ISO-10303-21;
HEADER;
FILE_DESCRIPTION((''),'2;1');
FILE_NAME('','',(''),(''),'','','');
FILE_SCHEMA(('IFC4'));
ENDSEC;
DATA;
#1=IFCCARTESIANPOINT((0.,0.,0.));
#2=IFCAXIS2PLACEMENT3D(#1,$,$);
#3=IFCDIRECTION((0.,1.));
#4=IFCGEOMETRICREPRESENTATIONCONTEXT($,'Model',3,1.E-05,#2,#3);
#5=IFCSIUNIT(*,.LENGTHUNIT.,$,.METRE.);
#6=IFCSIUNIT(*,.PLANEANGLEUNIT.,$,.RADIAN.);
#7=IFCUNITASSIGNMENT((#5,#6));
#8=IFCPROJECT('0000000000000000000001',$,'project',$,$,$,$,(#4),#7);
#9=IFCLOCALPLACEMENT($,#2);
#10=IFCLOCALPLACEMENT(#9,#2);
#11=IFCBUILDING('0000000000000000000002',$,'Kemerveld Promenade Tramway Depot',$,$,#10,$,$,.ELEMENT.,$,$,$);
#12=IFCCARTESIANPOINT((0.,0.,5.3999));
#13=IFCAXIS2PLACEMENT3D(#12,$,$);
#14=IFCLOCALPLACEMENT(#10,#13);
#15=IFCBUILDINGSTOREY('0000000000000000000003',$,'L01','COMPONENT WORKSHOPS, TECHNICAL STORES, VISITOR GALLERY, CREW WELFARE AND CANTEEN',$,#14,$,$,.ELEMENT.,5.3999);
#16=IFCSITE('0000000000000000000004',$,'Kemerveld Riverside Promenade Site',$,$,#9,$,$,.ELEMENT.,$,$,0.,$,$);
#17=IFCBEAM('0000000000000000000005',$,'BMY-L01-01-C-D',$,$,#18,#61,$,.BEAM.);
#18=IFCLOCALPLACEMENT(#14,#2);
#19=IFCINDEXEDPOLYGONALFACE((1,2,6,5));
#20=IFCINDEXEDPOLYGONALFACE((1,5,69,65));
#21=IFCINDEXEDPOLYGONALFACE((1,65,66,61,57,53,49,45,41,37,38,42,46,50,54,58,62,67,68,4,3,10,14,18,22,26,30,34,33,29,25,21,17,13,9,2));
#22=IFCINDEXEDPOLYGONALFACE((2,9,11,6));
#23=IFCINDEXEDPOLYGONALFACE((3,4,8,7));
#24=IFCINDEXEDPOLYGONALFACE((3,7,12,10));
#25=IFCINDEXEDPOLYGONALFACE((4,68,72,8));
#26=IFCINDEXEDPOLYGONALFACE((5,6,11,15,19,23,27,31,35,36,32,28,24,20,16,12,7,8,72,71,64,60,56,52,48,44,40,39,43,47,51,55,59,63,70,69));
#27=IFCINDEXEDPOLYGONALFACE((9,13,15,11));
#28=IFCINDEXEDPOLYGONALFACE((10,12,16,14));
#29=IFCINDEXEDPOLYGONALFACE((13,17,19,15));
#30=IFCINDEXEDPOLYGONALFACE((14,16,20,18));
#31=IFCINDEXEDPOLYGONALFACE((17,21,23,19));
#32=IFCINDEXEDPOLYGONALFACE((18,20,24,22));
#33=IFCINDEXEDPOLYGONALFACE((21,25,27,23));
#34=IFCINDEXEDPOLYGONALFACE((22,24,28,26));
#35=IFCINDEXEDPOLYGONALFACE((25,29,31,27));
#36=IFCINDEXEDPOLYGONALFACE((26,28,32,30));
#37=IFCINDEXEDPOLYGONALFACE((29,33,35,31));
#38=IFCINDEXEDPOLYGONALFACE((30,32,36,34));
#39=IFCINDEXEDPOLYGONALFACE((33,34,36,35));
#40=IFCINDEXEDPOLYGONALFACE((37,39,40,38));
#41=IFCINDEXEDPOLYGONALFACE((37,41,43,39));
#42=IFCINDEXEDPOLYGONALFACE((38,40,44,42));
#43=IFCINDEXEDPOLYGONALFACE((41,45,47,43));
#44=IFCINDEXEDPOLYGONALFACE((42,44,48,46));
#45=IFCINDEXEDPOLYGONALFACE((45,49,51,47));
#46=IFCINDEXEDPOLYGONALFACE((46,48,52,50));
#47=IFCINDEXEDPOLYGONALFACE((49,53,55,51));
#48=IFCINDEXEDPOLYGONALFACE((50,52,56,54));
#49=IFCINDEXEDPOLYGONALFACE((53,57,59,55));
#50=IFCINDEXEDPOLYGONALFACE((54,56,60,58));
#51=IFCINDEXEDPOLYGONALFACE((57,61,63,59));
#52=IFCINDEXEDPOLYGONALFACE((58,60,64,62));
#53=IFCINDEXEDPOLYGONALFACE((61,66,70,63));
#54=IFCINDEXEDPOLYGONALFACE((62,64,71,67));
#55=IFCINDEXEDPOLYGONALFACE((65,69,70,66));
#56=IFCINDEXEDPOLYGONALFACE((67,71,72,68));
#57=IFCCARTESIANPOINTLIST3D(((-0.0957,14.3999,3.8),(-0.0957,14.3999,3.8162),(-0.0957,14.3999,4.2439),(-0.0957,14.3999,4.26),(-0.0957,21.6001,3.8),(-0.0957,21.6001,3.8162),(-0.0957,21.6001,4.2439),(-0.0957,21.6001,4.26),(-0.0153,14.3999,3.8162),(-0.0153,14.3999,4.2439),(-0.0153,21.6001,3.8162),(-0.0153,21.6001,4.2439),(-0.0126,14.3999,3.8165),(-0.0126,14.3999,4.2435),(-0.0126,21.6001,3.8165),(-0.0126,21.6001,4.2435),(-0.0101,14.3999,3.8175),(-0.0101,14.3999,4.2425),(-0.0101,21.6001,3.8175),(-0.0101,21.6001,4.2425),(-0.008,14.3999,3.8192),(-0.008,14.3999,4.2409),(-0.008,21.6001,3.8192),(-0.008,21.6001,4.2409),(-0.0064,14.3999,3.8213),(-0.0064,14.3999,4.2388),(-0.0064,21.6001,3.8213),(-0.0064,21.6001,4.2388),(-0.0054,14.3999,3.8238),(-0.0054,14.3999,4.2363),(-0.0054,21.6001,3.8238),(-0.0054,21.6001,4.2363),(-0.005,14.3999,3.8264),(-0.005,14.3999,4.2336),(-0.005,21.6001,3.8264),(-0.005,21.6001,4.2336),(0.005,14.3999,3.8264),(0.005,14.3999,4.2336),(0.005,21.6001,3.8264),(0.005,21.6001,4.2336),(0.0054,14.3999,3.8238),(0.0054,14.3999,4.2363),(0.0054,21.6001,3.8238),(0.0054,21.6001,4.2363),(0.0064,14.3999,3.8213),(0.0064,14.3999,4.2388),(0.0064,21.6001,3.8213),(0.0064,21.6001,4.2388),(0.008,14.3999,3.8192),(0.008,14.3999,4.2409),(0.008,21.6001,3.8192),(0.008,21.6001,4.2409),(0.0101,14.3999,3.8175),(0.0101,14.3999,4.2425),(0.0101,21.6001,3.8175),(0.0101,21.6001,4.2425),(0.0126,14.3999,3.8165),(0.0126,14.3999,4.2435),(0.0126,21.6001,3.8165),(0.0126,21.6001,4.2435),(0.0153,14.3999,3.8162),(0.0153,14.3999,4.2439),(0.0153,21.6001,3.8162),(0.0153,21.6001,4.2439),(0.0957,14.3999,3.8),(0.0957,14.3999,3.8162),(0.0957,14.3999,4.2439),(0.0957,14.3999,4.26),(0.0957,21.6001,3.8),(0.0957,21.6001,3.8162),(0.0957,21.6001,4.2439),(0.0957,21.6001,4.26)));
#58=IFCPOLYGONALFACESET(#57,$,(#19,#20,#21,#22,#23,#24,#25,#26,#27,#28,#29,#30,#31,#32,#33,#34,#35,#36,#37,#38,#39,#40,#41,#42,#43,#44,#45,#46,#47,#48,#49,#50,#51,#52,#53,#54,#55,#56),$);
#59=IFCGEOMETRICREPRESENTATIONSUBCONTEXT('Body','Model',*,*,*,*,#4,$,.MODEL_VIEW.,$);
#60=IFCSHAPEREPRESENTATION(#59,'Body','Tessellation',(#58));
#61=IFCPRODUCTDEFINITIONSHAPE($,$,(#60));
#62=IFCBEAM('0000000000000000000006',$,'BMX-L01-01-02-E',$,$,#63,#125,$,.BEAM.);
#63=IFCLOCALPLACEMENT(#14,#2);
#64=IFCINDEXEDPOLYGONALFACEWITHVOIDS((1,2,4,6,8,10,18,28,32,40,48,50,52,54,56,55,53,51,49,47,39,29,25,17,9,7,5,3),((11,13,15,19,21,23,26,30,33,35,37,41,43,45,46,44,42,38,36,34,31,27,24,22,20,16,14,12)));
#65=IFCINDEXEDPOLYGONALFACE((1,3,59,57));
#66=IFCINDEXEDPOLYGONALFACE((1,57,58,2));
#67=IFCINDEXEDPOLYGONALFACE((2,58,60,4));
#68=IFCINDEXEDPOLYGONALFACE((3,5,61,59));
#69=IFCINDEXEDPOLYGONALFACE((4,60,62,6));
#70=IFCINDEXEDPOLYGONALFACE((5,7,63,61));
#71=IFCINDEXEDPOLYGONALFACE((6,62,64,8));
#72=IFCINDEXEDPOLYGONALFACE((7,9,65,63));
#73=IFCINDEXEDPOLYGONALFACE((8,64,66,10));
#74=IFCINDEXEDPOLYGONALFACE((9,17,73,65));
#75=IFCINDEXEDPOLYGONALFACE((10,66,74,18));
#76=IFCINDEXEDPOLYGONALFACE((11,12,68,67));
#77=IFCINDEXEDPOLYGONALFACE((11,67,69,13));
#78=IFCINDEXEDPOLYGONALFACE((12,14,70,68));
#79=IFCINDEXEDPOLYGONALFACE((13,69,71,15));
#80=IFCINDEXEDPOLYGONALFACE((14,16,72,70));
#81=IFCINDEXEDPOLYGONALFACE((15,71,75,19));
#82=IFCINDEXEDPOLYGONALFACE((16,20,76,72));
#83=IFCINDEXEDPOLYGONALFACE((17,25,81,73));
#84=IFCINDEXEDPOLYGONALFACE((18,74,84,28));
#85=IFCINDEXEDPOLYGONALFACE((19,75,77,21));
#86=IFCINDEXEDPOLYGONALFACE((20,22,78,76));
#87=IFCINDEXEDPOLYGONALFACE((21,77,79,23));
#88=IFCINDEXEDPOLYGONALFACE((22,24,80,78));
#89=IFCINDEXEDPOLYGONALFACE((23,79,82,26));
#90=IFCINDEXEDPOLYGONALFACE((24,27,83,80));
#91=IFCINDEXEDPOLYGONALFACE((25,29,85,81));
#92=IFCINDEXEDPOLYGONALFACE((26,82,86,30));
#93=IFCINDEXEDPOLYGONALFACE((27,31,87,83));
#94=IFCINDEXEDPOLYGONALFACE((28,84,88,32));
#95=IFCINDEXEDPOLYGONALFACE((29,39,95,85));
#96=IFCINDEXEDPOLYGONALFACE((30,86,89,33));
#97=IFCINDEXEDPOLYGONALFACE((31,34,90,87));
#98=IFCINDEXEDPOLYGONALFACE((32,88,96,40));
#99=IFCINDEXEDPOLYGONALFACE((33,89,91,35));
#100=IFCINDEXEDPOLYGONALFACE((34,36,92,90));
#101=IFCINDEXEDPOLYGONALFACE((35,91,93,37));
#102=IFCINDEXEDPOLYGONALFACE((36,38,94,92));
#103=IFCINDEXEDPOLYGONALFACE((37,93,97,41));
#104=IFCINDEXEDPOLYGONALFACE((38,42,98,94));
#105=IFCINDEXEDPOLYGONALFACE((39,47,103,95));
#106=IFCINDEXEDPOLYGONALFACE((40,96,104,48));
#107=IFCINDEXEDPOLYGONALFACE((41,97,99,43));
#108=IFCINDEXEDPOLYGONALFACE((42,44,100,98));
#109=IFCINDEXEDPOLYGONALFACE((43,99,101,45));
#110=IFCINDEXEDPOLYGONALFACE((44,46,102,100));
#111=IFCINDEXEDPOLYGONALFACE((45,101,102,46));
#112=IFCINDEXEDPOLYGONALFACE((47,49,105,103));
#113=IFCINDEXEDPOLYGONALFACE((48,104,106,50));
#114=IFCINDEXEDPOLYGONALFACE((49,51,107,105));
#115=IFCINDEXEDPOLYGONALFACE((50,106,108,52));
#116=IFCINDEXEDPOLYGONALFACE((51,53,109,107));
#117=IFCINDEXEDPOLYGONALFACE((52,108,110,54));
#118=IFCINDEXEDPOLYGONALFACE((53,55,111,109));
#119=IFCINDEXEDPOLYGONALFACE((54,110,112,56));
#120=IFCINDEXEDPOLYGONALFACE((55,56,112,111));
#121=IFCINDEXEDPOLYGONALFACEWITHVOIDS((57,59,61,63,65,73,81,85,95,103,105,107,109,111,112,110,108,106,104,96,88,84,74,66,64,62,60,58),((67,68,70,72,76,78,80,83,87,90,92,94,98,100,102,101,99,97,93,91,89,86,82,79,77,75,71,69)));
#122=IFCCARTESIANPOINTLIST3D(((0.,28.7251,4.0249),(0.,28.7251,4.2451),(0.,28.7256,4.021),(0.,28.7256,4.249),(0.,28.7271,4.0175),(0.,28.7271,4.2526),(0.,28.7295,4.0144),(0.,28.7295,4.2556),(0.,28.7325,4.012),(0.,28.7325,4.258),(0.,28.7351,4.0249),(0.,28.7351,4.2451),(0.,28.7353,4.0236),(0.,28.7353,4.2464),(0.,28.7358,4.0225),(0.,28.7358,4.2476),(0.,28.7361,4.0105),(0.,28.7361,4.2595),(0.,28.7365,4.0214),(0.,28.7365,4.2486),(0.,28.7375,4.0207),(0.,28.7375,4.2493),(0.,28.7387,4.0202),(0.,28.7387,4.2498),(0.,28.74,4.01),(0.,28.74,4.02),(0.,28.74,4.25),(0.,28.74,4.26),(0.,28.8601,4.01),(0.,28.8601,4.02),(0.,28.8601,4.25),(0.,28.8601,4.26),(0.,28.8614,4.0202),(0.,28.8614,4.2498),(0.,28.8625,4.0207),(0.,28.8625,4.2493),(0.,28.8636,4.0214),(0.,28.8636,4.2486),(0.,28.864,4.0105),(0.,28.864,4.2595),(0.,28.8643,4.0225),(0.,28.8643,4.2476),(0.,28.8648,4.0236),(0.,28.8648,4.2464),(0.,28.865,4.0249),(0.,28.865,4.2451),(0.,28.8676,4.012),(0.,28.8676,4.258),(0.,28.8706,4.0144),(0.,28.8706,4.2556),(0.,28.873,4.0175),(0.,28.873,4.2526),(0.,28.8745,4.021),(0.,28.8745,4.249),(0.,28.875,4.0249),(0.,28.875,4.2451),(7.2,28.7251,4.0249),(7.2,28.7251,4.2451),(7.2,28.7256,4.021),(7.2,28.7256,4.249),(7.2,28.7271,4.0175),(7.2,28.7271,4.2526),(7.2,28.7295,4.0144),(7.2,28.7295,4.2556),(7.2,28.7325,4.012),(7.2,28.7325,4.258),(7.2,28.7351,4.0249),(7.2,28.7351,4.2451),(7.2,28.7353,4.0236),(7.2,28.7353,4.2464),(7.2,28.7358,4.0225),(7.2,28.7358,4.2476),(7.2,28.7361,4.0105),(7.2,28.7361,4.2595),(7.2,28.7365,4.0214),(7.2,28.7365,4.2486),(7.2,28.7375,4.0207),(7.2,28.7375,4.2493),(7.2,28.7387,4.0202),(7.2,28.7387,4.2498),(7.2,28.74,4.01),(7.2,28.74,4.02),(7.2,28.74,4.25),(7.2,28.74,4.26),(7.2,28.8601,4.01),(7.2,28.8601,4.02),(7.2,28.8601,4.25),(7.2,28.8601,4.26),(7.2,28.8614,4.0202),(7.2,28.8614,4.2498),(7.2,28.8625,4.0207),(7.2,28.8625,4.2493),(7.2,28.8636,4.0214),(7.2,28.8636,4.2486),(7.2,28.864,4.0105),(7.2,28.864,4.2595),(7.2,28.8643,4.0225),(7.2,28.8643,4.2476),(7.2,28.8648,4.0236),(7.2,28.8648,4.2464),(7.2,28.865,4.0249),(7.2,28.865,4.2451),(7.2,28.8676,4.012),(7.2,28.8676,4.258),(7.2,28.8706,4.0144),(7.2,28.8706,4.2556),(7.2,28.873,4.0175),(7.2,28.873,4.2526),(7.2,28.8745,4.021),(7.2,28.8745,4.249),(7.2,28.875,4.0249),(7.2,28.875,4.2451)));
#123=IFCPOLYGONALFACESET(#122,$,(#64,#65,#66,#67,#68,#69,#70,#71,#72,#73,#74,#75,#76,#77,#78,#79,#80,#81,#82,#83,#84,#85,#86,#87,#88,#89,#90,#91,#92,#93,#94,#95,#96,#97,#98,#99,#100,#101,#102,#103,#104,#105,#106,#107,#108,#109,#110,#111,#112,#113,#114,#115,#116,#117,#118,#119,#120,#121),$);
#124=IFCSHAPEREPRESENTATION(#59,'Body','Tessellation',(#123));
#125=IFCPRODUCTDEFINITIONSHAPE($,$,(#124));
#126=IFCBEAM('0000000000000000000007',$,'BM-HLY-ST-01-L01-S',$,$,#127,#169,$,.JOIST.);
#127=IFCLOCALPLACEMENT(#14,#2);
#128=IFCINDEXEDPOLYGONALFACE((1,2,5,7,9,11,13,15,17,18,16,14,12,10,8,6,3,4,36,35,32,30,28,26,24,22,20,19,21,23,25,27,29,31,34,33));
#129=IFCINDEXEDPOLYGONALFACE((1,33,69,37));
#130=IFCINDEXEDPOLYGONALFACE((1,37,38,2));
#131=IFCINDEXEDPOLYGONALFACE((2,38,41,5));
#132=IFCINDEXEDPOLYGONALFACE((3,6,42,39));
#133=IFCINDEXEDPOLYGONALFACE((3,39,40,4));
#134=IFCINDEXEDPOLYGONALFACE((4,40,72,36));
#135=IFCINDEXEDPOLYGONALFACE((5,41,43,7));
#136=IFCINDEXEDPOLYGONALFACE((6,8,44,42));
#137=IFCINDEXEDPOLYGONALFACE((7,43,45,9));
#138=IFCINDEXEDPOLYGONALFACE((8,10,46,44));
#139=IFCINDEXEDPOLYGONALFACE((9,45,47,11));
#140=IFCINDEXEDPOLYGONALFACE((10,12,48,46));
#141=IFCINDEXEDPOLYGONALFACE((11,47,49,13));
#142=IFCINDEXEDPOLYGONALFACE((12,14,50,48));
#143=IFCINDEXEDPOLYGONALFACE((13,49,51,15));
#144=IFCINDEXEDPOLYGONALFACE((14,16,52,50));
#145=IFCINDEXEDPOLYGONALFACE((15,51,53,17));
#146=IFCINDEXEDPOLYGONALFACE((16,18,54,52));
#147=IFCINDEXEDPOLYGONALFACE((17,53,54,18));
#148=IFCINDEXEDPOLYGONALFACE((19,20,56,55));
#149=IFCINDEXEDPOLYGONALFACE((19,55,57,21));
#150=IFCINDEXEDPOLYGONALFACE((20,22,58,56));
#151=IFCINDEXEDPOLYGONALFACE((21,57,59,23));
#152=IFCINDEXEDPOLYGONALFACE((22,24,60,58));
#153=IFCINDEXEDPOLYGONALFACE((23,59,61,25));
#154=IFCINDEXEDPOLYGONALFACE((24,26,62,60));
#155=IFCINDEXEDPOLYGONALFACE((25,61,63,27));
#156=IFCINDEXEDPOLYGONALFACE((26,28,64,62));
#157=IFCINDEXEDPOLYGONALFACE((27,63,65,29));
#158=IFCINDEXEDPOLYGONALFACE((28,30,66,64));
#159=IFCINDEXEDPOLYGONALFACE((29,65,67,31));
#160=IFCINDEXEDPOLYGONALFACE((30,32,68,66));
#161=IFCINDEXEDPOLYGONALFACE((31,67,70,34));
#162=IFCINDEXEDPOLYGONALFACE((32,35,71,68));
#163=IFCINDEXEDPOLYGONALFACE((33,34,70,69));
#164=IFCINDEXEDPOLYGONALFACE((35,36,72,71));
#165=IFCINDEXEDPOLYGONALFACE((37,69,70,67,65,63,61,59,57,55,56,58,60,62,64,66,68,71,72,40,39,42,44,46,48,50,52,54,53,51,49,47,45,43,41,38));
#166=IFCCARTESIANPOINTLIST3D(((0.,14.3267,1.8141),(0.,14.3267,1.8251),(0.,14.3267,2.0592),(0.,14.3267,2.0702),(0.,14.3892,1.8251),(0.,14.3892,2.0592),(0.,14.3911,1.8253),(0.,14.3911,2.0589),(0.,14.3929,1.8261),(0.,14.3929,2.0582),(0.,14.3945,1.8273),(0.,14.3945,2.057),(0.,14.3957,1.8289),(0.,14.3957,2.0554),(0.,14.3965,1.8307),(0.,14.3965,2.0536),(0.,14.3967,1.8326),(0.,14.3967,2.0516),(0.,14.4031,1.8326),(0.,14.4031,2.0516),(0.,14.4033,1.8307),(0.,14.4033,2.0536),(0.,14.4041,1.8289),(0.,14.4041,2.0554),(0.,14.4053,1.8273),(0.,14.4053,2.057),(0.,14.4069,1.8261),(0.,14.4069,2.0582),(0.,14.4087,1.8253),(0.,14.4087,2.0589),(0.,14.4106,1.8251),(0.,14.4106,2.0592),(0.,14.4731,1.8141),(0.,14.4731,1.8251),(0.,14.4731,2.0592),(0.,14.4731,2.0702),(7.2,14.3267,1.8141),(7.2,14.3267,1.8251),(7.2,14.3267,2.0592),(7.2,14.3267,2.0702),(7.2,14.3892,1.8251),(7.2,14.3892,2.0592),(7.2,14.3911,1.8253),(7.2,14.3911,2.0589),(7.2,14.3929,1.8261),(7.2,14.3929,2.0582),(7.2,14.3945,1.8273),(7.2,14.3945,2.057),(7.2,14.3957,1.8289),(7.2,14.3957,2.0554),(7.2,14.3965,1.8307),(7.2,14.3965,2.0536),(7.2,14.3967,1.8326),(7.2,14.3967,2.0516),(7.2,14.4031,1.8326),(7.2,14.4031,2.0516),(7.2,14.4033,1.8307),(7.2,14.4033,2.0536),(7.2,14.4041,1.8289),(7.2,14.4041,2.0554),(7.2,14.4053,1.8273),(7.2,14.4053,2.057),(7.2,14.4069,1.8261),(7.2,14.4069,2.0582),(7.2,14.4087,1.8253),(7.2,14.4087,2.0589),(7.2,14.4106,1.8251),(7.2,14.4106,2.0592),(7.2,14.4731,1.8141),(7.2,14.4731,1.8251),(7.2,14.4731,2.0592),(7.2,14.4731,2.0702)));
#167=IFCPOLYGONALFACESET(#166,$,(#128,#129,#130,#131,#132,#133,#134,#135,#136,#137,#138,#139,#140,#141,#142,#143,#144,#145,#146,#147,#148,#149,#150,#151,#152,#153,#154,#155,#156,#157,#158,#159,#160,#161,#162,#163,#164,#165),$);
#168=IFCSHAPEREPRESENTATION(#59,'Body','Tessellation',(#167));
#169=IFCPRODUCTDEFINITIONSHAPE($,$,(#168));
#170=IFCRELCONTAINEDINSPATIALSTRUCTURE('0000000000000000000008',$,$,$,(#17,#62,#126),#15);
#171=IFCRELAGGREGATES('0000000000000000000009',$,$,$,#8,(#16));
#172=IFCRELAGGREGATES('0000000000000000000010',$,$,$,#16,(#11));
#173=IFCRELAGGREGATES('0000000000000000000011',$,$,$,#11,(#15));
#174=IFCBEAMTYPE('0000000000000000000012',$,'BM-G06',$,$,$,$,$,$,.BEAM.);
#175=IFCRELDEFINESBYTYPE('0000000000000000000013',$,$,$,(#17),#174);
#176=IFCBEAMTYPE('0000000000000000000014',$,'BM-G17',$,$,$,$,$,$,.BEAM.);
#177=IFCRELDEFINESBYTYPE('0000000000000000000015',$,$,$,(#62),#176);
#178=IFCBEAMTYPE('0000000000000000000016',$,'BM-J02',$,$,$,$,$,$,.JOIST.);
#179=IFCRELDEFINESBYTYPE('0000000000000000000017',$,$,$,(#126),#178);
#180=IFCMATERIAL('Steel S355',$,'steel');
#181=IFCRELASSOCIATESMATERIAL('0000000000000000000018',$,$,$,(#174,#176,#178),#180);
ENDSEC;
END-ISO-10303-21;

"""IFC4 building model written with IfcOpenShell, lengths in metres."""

from ifc_helpers import new_model, si_unit, direction, frame, origin, origin_2d, place, context, subcontext, project, spatial, hollow_rectangle, i_section, extrude, material, material_profile, profile_set, type_object, element, save


model = new_model("IFC4")

# Units and contexts
model_context = context("Model", 3, precision=1e-05, world=origin(), true_north=direction((0.0, 1.0)))
body_context = subcontext(model_context, "Body", "Model", "MODEL_VIEW")
ifc_project = project(units=[si_unit("LENGTHUNIT", "METRE"), si_unit("PLANEANGLEUNIT", "RADIAN")], contexts=[model_context])

# Site, building, storey
site_placement = place(None, origin())
site = spatial("IfcSite", under=ifc_project, at=site_placement, Name="Kemerveld Riverside Promenade Site", CompositionType="ELEMENT", RefElevation=0.0)
building_placement = place(site_placement, origin())
building = spatial("IfcBuilding", under=site, at=building_placement, Name="Kemerveld Promenade Tramway Depot", CompositionType="ELEMENT")
storey_placement = place(building_placement, frame((0.0, 0.0, 5.3999)))
storey = spatial("IfcBuildingStorey", under=building, at=storey_placement, Name="L01", Description="COMPONENT WORKSHOPS, TECHNICAL STORES, VISITOR GALLERY, CREW WELFARE AND CANTEEN", CompositionType="ELEMENT", Elevation=5.3999)

# Shared definitions
ifc_material_1 = material(Name="Steel S355", Category="steel")

# Beams
ifc_material_profile_1 = material_profile(ifc_material_1, i_section(OverallWidth=0.1914, OverallDepth=0.46, WebThickness=0.01, FlangeThickness=0.0161, FilletRadius=0.0103, at=origin_2d()), Name="457x191x82 UB")
ifc_profile_set_1 = profile_set([ifc_material_profile_1], Name="Steel S355")
beam_type_1 = type_object("IfcBeamType", Name="BM-G06", PredefinedType="BEAM", material=ifc_profile_set_1)
beam_1_placement = place(storey_placement, frame((0.0, 14.3999, 4.03), z_axis=(0.0, 1.0, 0.0), x_axis=(-1.0, 0.0, 0.0)))
element("IfcBeam", 1, at=beam_1_placement, inside=storey, type_object=beam_type_1, Name="BMY-L01-01-C-D", PredefinedType="BEAM", context=body_context, shape_type="SweptSolid", body=[
    extrude(i_section(OverallWidth=0.1914, OverallDepth=0.46, WebThickness=0.01, FlangeThickness=0.0161, FilletRadius=0.0103, at=origin_2d()), origin(), (0.0, 0.0, 1.0), 7.2002),
])
ifc_material_profile_2 = material_profile(ifc_material_1, hollow_rectangle(XDim=0.1499, YDim=0.25, WallThickness=0.01, InnerFilletRadius=0.0049, OuterFilletRadius=0.0149, at=origin_2d()), Name="250x150x10.0 RHS")
ifc_profile_set_2 = profile_set([ifc_material_profile_2], Name="Steel S355")
beam_type_2 = type_object("IfcBeamType", Name="BM-G17", PredefinedType="BEAM", material=ifc_profile_set_2)
beam_2_placement = place(storey_placement, frame((0.0, 28.8, 4.135), z_axis=(1.0, 0.0, 0.0), x_axis=(0.0, 1.0, 0.0)))
element("IfcBeam", 2, at=beam_2_placement, inside=storey, type_object=beam_type_2, Name="BMX-L01-01-02-E", PredefinedType="BEAM", context=body_context, shape_type="SweptSolid", body=[
    extrude(hollow_rectangle(XDim=0.1499, YDim=0.25, WallThickness=0.01, InnerFilletRadius=0.0049, OuterFilletRadius=0.0149, at=origin_2d()), origin(), (0.0, 0.0, 1.0), 7.2),
])
ifc_material_profile_3 = material_profile(ifc_material_1, i_section(OverallWidth=0.1465, OverallDepth=0.2561, WebThickness=0.0063, FlangeThickness=0.011, FilletRadius=0.0076, at=origin_2d()), Name="254x146x37 UB")
ifc_profile_set_3 = profile_set([ifc_material_profile_3], Name="Steel S355")
beam_type_3 = type_object("IfcBeamType", Name="BM-J02", PredefinedType="JOIST", material=ifc_profile_set_3)
for number, where, z_axis, x_axis, name in (
    (3, (0.0, 14.3999, 1.9421), (1.0, 0.0, 0.0), (0.0, 1.0, 0.0), "BM-HLY-ST-01-L01-S"),
):
    element("IfcBeam", number, at=place(storey_placement, frame(where, z_axis=z_axis, x_axis=x_axis)), inside=storey, type_object=beam_type_3, Name=name, PredefinedType="JOIST", context=body_context, shape_type="SweptSolid", body=[
        extrude(i_section(OverallWidth=0.1465, OverallDepth=0.2561, WebThickness=0.0063, FlangeThickness=0.011, FilletRadius=0.0076, at=origin_2d()), origin(), (0.0, 0.0, 1.0), 7.2),
    ])

save(model, "model.ifc")
